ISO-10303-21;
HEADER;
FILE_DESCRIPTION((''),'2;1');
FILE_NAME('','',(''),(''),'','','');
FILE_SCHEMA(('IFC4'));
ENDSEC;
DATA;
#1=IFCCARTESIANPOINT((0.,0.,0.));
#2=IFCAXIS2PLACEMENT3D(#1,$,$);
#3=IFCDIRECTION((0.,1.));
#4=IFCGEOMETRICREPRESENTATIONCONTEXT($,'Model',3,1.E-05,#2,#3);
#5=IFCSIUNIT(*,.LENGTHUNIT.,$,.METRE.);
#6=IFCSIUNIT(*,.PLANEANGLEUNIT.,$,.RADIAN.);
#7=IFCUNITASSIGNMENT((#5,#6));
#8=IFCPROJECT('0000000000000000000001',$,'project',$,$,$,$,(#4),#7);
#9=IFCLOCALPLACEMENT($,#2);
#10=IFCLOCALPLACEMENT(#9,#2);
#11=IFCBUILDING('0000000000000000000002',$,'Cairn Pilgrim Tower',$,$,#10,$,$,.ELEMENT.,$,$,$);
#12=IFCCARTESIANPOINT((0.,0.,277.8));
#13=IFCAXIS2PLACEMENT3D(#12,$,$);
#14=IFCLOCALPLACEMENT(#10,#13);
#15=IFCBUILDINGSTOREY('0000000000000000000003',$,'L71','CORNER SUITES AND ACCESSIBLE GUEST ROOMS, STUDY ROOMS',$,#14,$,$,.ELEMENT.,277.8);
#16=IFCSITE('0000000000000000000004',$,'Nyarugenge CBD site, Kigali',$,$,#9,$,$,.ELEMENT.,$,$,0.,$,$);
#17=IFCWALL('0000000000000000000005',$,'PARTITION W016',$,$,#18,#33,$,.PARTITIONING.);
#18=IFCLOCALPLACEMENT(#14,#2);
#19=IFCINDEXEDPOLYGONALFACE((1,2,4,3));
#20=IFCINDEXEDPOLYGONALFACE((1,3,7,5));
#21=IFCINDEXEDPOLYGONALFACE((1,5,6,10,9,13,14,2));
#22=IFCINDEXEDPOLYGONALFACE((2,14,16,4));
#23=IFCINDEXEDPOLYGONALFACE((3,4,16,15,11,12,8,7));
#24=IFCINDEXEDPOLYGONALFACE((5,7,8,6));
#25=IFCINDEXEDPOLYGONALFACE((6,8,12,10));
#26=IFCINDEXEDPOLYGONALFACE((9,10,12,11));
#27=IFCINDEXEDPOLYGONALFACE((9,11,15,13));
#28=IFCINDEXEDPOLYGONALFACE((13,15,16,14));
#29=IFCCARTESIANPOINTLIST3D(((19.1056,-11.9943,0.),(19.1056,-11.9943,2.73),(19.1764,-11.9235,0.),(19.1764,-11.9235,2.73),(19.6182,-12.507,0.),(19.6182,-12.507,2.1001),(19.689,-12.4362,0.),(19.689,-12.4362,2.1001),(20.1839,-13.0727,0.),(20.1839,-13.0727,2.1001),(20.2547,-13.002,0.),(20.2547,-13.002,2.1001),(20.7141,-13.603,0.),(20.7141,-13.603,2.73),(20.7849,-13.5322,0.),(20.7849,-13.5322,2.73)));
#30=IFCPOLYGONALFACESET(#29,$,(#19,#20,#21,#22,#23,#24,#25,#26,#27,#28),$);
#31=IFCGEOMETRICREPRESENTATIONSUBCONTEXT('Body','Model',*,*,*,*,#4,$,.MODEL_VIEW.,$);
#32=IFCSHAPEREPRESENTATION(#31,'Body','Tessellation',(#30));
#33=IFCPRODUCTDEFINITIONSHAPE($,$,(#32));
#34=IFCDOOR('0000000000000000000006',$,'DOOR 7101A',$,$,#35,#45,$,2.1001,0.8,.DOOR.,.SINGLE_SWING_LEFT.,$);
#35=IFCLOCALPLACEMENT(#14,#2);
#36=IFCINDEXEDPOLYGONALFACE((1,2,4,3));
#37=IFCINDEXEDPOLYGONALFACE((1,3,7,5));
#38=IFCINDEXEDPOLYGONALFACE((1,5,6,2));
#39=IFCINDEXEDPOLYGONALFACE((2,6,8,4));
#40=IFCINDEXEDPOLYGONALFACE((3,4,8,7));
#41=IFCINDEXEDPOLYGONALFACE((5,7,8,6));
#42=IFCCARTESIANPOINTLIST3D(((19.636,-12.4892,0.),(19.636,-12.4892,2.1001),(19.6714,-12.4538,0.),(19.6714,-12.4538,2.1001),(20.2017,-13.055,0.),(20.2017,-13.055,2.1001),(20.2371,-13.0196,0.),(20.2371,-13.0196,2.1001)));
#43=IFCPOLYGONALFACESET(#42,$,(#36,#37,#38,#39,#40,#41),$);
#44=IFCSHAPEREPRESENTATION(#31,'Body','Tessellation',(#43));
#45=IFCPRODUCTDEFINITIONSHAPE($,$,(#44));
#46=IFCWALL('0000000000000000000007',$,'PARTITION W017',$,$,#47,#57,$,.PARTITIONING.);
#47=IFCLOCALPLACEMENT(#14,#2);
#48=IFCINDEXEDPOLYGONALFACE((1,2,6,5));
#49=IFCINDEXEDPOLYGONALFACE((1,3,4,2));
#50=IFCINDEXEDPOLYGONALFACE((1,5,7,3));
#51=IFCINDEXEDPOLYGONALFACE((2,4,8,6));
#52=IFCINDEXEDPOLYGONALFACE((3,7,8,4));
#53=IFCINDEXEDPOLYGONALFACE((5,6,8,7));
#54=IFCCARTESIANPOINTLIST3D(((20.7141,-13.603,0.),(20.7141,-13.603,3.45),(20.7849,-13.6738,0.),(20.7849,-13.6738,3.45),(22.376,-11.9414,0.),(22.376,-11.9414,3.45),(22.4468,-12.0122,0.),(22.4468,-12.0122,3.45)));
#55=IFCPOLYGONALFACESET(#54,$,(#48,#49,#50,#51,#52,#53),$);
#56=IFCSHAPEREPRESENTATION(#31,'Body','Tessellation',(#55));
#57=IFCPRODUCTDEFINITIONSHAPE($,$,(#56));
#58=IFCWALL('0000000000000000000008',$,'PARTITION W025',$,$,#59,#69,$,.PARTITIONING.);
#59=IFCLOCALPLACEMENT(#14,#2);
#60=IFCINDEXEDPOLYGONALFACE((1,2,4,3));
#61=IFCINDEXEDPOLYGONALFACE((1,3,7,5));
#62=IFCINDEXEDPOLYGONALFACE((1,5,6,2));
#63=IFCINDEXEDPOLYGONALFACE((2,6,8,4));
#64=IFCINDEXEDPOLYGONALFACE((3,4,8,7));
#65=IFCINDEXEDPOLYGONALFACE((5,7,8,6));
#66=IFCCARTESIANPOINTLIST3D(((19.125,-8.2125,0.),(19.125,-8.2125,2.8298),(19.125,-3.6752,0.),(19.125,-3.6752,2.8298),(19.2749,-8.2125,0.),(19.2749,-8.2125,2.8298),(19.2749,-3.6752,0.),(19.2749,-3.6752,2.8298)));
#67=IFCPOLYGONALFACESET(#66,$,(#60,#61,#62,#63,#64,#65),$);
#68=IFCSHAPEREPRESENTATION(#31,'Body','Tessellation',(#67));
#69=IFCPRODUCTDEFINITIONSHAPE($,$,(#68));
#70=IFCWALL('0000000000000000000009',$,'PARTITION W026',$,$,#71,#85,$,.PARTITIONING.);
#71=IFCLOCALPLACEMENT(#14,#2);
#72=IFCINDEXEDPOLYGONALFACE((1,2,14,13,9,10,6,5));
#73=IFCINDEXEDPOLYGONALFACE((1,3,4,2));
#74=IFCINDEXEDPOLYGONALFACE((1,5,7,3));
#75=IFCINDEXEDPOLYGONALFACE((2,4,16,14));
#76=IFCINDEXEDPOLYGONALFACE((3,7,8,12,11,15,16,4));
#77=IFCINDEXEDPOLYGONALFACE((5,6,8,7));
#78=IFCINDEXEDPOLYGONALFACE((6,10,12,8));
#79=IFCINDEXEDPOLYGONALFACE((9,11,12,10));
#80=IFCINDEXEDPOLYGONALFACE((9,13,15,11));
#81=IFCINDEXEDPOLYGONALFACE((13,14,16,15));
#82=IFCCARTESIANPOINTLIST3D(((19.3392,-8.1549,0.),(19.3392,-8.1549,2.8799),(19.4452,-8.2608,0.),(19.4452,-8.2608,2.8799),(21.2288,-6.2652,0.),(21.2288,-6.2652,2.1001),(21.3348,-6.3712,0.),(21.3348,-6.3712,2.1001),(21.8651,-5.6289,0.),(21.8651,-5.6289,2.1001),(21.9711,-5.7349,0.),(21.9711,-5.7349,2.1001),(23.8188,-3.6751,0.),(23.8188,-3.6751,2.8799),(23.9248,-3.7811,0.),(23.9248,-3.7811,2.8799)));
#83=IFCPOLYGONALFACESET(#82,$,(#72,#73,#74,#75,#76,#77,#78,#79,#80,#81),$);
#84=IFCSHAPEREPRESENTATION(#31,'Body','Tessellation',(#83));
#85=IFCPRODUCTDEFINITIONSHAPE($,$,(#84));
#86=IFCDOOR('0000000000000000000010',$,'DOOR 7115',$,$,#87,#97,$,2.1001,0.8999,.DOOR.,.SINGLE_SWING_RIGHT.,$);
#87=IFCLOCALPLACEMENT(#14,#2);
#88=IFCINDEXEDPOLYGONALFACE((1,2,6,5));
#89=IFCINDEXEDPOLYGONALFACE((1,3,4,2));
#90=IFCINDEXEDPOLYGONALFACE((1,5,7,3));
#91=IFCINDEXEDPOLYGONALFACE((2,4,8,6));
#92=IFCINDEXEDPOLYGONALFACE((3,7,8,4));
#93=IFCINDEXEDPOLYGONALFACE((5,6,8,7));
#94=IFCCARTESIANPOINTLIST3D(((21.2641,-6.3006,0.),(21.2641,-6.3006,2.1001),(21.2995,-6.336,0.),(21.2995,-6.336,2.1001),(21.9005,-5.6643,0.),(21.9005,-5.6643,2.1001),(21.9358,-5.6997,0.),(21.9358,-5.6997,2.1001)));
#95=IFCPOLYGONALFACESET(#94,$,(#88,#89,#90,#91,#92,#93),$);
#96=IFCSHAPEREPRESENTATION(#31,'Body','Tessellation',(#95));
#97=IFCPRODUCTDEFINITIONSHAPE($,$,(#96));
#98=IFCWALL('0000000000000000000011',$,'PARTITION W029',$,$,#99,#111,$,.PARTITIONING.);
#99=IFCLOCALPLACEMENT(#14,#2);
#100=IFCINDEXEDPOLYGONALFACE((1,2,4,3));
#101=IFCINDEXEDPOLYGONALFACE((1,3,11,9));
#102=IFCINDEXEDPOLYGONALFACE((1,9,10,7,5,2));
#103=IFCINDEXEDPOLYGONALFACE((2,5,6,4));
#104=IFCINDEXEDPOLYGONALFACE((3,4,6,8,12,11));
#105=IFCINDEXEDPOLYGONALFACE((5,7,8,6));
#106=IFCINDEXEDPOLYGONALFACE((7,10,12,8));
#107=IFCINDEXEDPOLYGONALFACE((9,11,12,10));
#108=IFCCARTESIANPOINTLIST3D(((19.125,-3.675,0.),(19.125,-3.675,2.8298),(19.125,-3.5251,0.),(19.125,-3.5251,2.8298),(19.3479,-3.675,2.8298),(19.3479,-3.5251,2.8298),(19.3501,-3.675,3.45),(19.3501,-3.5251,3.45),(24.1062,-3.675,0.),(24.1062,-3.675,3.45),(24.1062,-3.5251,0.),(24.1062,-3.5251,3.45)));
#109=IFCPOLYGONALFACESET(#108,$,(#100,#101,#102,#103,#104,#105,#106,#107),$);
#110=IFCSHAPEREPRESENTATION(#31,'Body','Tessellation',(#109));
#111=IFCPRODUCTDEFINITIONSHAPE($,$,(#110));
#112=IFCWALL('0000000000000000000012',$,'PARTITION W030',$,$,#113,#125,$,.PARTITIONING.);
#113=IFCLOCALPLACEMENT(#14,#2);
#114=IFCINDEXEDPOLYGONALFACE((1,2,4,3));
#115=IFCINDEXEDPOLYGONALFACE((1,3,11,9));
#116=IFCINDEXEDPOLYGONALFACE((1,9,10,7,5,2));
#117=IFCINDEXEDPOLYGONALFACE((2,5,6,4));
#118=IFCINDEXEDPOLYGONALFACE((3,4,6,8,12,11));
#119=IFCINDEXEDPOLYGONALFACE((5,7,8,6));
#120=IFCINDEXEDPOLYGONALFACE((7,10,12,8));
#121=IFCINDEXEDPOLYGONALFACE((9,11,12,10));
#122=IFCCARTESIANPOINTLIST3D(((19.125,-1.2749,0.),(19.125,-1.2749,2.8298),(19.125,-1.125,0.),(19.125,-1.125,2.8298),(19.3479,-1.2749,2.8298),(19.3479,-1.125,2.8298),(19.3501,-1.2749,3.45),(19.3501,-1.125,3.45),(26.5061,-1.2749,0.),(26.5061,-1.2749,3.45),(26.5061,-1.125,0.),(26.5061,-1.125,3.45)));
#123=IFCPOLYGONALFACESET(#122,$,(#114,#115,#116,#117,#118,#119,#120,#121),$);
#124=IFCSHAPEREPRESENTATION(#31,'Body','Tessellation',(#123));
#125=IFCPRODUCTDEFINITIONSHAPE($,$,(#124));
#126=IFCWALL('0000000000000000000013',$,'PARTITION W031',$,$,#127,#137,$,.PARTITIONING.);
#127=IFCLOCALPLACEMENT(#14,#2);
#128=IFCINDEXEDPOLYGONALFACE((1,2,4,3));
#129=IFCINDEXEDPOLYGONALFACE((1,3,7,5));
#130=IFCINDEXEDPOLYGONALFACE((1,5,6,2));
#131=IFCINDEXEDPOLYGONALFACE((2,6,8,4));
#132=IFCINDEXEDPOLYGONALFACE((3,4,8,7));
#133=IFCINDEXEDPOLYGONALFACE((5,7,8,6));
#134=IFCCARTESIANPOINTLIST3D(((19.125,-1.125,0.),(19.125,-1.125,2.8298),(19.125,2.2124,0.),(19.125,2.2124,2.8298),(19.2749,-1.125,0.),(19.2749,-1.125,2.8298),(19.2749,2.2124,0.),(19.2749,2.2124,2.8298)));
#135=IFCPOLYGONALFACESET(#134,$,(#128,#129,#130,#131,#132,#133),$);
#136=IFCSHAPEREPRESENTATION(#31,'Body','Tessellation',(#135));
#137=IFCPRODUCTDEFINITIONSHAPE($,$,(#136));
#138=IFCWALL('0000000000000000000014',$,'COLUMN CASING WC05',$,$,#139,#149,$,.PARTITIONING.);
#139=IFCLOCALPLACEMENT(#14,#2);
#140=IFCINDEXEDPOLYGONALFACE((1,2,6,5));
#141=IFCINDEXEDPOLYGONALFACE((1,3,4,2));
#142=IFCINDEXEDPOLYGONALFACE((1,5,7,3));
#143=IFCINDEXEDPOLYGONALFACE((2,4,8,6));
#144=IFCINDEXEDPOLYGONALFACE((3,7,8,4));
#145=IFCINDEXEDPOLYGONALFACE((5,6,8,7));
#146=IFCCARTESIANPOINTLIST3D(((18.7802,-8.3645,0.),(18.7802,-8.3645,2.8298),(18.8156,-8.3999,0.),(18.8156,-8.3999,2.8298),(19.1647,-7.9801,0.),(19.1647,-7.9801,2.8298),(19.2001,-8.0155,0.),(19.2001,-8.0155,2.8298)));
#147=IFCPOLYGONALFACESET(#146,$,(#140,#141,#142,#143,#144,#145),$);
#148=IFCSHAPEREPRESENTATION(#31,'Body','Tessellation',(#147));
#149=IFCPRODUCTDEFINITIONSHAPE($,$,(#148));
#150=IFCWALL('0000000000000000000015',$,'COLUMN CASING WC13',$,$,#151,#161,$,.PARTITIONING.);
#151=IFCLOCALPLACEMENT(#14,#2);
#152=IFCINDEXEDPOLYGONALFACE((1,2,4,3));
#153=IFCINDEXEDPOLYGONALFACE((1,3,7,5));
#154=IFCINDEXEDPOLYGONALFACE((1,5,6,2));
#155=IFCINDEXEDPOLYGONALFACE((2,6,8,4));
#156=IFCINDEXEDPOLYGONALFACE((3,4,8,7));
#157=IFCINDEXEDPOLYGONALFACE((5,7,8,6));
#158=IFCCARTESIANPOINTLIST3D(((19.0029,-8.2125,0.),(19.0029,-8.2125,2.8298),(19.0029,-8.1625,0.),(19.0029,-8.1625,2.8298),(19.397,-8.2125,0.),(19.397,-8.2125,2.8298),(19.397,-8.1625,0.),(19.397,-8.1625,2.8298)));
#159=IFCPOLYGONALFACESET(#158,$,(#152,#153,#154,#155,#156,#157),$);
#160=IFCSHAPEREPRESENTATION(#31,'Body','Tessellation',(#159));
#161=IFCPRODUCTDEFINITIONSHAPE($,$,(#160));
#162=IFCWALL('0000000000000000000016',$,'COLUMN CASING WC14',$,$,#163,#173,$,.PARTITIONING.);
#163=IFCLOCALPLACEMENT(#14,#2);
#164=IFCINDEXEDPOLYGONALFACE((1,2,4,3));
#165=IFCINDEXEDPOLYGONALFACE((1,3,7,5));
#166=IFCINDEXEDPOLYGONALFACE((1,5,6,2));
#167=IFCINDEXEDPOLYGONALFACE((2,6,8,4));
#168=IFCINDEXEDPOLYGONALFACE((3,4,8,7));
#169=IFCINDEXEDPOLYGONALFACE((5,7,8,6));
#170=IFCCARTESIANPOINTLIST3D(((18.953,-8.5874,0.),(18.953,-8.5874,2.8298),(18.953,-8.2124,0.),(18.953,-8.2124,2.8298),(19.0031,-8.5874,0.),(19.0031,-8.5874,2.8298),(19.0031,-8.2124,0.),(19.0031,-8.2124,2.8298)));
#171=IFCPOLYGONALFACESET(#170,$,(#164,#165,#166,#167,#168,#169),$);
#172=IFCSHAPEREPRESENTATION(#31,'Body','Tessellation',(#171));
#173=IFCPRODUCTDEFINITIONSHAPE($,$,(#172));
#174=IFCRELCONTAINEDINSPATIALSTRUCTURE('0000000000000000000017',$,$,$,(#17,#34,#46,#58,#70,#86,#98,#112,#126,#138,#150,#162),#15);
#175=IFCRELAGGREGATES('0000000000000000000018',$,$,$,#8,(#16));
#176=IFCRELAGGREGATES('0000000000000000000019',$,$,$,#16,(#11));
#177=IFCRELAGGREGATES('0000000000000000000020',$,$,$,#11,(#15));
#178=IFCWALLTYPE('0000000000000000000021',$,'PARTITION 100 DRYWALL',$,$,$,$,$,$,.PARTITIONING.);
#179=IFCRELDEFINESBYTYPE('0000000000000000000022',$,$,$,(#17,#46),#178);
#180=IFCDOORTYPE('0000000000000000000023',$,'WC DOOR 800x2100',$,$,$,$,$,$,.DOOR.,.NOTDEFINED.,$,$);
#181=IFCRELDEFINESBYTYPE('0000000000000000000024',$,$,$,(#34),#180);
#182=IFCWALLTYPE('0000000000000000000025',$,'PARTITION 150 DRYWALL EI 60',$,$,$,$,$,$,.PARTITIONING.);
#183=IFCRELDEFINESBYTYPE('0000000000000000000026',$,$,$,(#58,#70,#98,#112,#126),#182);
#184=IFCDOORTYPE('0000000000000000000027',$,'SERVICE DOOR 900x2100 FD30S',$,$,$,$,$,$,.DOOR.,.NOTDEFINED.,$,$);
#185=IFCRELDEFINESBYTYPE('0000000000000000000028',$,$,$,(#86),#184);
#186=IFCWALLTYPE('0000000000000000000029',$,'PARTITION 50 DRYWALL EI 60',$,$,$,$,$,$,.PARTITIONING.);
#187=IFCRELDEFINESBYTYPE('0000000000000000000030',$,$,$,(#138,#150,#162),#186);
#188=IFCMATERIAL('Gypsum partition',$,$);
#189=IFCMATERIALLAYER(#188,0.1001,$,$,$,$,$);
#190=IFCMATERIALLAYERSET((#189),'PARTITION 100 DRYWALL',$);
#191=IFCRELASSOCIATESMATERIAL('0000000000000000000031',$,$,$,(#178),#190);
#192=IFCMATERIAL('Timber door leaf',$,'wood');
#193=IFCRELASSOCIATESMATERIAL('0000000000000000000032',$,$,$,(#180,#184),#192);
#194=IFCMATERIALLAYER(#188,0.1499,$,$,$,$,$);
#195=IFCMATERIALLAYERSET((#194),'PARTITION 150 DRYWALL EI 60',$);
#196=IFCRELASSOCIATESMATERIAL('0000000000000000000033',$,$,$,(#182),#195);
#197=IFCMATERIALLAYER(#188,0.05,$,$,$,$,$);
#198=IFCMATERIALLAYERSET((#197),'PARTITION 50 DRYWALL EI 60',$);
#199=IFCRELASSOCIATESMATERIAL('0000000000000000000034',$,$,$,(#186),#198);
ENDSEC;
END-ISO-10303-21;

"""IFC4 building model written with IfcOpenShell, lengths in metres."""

from ifc_helpers import new_model, si_unit, direction, frame, frame_2d, origin, place, context, subcontext, project, spatial, polyline, rectangle, outline, extrude, material, layer, layer_set, type_object, element, fill, save


model = new_model("IFC4")

# Units and contexts
model_context = context("Model", 3, precision=1e-05, world=origin(), true_north=direction((0.0, 1.0)))
body_context = subcontext(model_context, "Body", "Model", "MODEL_VIEW")
ifc_project = project(units=[si_unit("LENGTHUNIT", "METRE"), si_unit("PLANEANGLEUNIT", "RADIAN")], contexts=[model_context])

# Site, building, storey
site_placement = place(None, origin())
site = spatial("IfcSite", under=ifc_project, at=site_placement, Name="Nyarugenge CBD site, Kigali", CompositionType="ELEMENT", RefElevation=0.0)
building_placement = place(site_placement, origin())
building = spatial("IfcBuilding", under=site, at=building_placement, Name="Cairn Pilgrim Tower", CompositionType="ELEMENT")
storey_placement = place(building_placement, frame((0.0, 0.0, 277.8)))
storey = spatial("IfcBuildingStorey", under=building, at=storey_placement, Name="L71", Description="CORNER SUITES AND ACCESSIBLE GUEST ROOMS, STUDY ROOMS", CompositionType="ELEMENT", Elevation=277.8)

# Wall, opening, door
ifc_material_1 = material(Name="Gypsum partition")
ifc_layer_1 = layer(ifc_material_1, 0.1001)
ifc_layer_set_1 = layer_set([ifc_layer_1], Name="PARTITION 100 DRYWALL")
wall_type_1 = type_object("IfcWallType", Name="PARTITION 100 DRYWALL", PredefinedType="PARTITIONING", material=ifc_layer_set_1)
wall_1_placement = place(storey_placement, frame((20.7495, -13.5676, 0.0), z_axis=(0.0, 0.0, 1.0), x_axis=(-0.707053, 0.70716, 0.0)))
wall_1 = element("IfcWall", 1, at=wall_1_placement, inside=storey, type_object=wall_type_1, Name="PARTITION W016", PredefinedType="PARTITIONING", context=body_context, shape_type="SweptSolid", body=[
    extrude(rectangle(XDim=2.2749, YDim=0.1001, at=frame_2d((1.1375, 0.0))), origin(), (0.0, 0.0, 1.0), 2.73),
])
opening_1_placement = place(wall_1_placement, frame((0.75, 0.0, 0.0)))
opening_1 = element("IfcOpeningElement", 2, at=opening_1_placement, cuts=wall_1, PredefinedType="OPENING", context=body_context, shape_type="SweptSolid", body=[
    extrude(rectangle(XDim=0.8, YDim=2.1001, at=frame_2d((0.3999, 1.05))), frame((0.0, 0.0601, 0.0), z_axis=(0.0, -1.0, 0.0), x_axis=(1.0, 0.0, 0.0)), (0.0, 0.0, 1.0), 0.1201),
])
ifc_material_2 = material(Name="Timber door leaf", Category="wood")
door_type_1 = type_object("IfcDoorType", Name="WC DOOR 800x2100", OperationType="NOTDEFINED", PredefinedType="DOOR", material=ifc_material_2)
door_1_placement = place(opening_1_placement, origin())
door_1 = element("IfcDoor", 3, at=door_1_placement, inside=storey, type_object=door_type_1, Name="DOOR 7101A", OperationType="SINGLE_SWING_LEFT", OverallHeight=2.1001, OverallWidth=0.8, PredefinedType="DOOR", context=body_context, shape_type="SweptSolid", body=[
    extrude(rectangle(XDim=0.8, YDim=2.1001, at=frame_2d((0.3999, 1.05))), frame((0.0, 0.0249, 0.0), z_axis=(0.0, -1.0, 0.0), x_axis=(1.0, 0.0, 0.0)), (0.0, 0.0, 1.0), 0.05),
])
fill(opening_1, door_1)

# Walls
wall_2_placement = place(storey_placement, frame((20.7495, -13.6384, 0.0), z_axis=(0.0, 0.0, 1.0), x_axis=(0.707159, 0.707055, 0.0)))
element("IfcWall", 4, at=wall_2_placement, inside=storey, type_object=wall_type_1, Name="PARTITION W017", PredefinedType="PARTITIONING", context=body_context, shape_type="SweptSolid", body=[
    extrude(rectangle(XDim=2.3501, YDim=0.1001, at=frame_2d((1.175, 0.0))), origin(), (0.0, 0.0, 1.0), 3.45),
])
ifc_layer_2 = layer(ifc_material_1, 0.1499)
ifc_layer_set_2 = layer_set([ifc_layer_2], Name="PARTITION 150 DRYWALL EI 60")
wall_type_2 = type_object("IfcWallType", Name="PARTITION 150 DRYWALL EI 60", PredefinedType="PARTITIONING", material=ifc_layer_set_2)
wall_3_placement = place(storey_placement, frame((19.2, -8.2124, 0.0), z_axis=(0.0, 0.0, 1.0), x_axis=(0.0, 1.0, 0.0)))
element("IfcWall", 5, at=wall_3_placement, inside=storey, type_object=wall_type_2, Name="PARTITION W025", PredefinedType="PARTITIONING", context=body_context, shape_type="SweptSolid", body=[
    extrude(rectangle(XDim=4.5374, YDim=0.1499, at=frame_2d((2.2686, 0.0))), origin(), (0.0, 0.0, 1.0), 2.8298),
])

# Wall, opening, door
wall_4_placement = place(storey_placement, frame((19.3923, -8.2078, 0.0), z_axis=(0.0, 0.0, 1.0), x_axis=(0.707088, 0.707126, 0.0)))
wall_4 = element("IfcWall", 6, at=wall_4_placement, inside=storey, type_object=wall_type_2, Name="PARTITION W026", PredefinedType="PARTITIONING", context=body_context, shape_type="SweptSolid", body=[
    extrude(rectangle(XDim=6.3352, YDim=0.1499, at=frame_2d((3.1675, 0.0))), origin(), (0.0, 0.0, 1.0), 2.8799),
])
opening_2_placement = place(wall_4_placement, frame((2.6721, 0.0, 0.0)))
opening_2 = element("IfcOpeningElement", 7, at=opening_2_placement, cuts=wall_4, PredefinedType="OPENING", context=body_context, shape_type="SweptSolid", body=[
    extrude(rectangle(XDim=0.8999, YDim=2.1001, at=frame_2d((0.45, 1.05))), frame((0.0, 0.085, 0.0), z_axis=(0.0, -1.0, 0.0), x_axis=(1.0, 0.0, 0.0)), (0.0, 0.0, 1.0), 0.1699),
])
door_type_2 = type_object("IfcDoorType", Name="SERVICE DOOR 900x2100 FD30S", OperationType="NOTDEFINED", PredefinedType="DOOR", material=ifc_material_2)
door_2_placement = place(opening_2_placement, origin())
door_2 = element("IfcDoor", 8, at=door_2_placement, inside=storey, type_object=door_type_2, Name="DOOR 7115", OperationType="SINGLE_SWING_RIGHT", OverallHeight=2.1001, OverallWidth=0.8999, PredefinedType="DOOR", context=body_context, shape_type="SweptSolid", body=[
    extrude(rectangle(XDim=0.8999, YDim=2.1001, at=frame_2d((0.45, 1.05))), frame((0.0, 0.0249, 0.0), z_axis=(0.0, -1.0, 0.0), x_axis=(1.0, 0.0, 0.0)), (0.0, 0.0, 1.0), 0.05),
])
fill(opening_2, door_2)

# Walls
wall_5_placement = place(storey_placement, frame((19.125, -3.6001, 0.0), z_axis=(0.0, 0.0, 1.0), x_axis=(1.0, 0.0, 0.0)))
element("IfcWall", 9, at=wall_5_placement, inside=storey, type_object=wall_type_2, Name="PARTITION W029", PredefinedType="PARTITIONING", context=body_context, shape_type="SweptSolid", body=[
    extrude(outline(polyline([(0.0, 0.0), (4.9812, 0.0), (4.9812, 3.45), (0.2251, 3.45), (0.2229, 2.8298), (0.0, 2.8298), (0.0, 0.0)])), frame((0.0, 0.075, 0.0), z_axis=(0.0, -1.0, 0.0), x_axis=(1.0, 0.0, 0.0)), (0.0, 0.0, 1.0), 0.1499),
])
wall_6_placement = place(storey_placement, frame((19.125, -1.2, 0.0), z_axis=(0.0, 0.0, 1.0), x_axis=(1.0, 0.0, 0.0)))
element("IfcWall", 10, at=wall_6_placement, inside=storey, type_object=wall_type_2, Name="PARTITION W030", PredefinedType="PARTITIONING", context=body_context, shape_type="SweptSolid", body=[
    extrude(outline(polyline([(0.0, 0.0), (7.3811, 0.0), (7.3811, 3.45), (0.2251, 3.45), (0.2229, 2.8298), (0.0, 2.8298), (0.0, 0.0)])), frame((0.0, 0.075, 0.0), z_axis=(0.0, -1.0, 0.0), x_axis=(1.0, 0.0, 0.0)), (0.0, 0.0, 1.0), 0.1499),
])
wall_7_placement = place(storey_placement, frame((19.2, -1.125, 0.0), z_axis=(0.0, 0.0, 1.0), x_axis=(0.0, 1.0, 0.0)))
element("IfcWall", 11, at=wall_7_placement, inside=storey, type_object=wall_type_2, Name="PARTITION W031", PredefinedType="PARTITIONING", context=body_context, shape_type="SweptSolid", body=[
    extrude(rectangle(XDim=3.3374, YDim=0.1499, at=frame_2d((1.6687, 0.0))), origin(), (0.0, 0.0, 1.0), 2.8298),
])
ifc_layer_3 = layer(ifc_material_1, 0.05)
ifc_layer_set_3 = layer_set([ifc_layer_3], Name="PARTITION 50 DRYWALL EI 60")
wall_type_3 = type_object("IfcWallType", Name="PARTITION 50 DRYWALL EI 60", PredefinedType="PARTITIONING", material=ifc_layer_set_3)
wall_8_placement = place(storey_placement, frame((18.7979, -8.3823, 0.0), z_axis=(0.0, 0.0, 1.0), x_axis=(0.707107, 0.707107, 0.0)))
element("IfcWall", 12, at=wall_8_placement, inside=storey, type_object=wall_type_3, Name="COLUMN CASING WC05", PredefinedType="PARTITIONING", context=body_context, shape_type="SweptSolid", body=[
    extrude(rectangle(XDim=0.5437, YDim=0.05, at=frame_2d((0.272, 0.0))), origin(), (0.0, 0.0, 1.0), 2.8298),
])
wall_9_placement = place(storey_placement, frame((19.0029, -8.1875, 0.0), z_axis=(0.0, 0.0, 1.0), x_axis=(1.0, 0.0, 0.0)))
element("IfcWall", 13, at=wall_9_placement, inside=storey, type_object=wall_type_3, Name="COLUMN CASING WC13", PredefinedType="PARTITIONING", context=body_context, shape_type="SweptSolid", body=[
    extrude(rectangle(XDim=0.394, YDim=0.05, at=frame_2d((0.197, 0.0))), origin(), (0.0, 0.0, 1.0), 2.8298),
])
wall_10_placement = place(storey_placement, frame((18.978, -8.5874, 0.0), z_axis=(0.0, 0.0, 1.0), x_axis=(0.0, 1.0, 0.0)))
element("IfcWall", 14, at=wall_10_placement, inside=storey, type_object=wall_type_3, Name="COLUMN CASING WC14", PredefinedType="PARTITIONING", context=body_context, shape_type="SweptSolid", body=[
    extrude(rectangle(XDim=0.375, YDim=0.05, at=frame_2d((0.1875, 0.0))), origin(), (0.0, 0.0, 1.0), 2.8298),
])

save(model, "model.ifc")
